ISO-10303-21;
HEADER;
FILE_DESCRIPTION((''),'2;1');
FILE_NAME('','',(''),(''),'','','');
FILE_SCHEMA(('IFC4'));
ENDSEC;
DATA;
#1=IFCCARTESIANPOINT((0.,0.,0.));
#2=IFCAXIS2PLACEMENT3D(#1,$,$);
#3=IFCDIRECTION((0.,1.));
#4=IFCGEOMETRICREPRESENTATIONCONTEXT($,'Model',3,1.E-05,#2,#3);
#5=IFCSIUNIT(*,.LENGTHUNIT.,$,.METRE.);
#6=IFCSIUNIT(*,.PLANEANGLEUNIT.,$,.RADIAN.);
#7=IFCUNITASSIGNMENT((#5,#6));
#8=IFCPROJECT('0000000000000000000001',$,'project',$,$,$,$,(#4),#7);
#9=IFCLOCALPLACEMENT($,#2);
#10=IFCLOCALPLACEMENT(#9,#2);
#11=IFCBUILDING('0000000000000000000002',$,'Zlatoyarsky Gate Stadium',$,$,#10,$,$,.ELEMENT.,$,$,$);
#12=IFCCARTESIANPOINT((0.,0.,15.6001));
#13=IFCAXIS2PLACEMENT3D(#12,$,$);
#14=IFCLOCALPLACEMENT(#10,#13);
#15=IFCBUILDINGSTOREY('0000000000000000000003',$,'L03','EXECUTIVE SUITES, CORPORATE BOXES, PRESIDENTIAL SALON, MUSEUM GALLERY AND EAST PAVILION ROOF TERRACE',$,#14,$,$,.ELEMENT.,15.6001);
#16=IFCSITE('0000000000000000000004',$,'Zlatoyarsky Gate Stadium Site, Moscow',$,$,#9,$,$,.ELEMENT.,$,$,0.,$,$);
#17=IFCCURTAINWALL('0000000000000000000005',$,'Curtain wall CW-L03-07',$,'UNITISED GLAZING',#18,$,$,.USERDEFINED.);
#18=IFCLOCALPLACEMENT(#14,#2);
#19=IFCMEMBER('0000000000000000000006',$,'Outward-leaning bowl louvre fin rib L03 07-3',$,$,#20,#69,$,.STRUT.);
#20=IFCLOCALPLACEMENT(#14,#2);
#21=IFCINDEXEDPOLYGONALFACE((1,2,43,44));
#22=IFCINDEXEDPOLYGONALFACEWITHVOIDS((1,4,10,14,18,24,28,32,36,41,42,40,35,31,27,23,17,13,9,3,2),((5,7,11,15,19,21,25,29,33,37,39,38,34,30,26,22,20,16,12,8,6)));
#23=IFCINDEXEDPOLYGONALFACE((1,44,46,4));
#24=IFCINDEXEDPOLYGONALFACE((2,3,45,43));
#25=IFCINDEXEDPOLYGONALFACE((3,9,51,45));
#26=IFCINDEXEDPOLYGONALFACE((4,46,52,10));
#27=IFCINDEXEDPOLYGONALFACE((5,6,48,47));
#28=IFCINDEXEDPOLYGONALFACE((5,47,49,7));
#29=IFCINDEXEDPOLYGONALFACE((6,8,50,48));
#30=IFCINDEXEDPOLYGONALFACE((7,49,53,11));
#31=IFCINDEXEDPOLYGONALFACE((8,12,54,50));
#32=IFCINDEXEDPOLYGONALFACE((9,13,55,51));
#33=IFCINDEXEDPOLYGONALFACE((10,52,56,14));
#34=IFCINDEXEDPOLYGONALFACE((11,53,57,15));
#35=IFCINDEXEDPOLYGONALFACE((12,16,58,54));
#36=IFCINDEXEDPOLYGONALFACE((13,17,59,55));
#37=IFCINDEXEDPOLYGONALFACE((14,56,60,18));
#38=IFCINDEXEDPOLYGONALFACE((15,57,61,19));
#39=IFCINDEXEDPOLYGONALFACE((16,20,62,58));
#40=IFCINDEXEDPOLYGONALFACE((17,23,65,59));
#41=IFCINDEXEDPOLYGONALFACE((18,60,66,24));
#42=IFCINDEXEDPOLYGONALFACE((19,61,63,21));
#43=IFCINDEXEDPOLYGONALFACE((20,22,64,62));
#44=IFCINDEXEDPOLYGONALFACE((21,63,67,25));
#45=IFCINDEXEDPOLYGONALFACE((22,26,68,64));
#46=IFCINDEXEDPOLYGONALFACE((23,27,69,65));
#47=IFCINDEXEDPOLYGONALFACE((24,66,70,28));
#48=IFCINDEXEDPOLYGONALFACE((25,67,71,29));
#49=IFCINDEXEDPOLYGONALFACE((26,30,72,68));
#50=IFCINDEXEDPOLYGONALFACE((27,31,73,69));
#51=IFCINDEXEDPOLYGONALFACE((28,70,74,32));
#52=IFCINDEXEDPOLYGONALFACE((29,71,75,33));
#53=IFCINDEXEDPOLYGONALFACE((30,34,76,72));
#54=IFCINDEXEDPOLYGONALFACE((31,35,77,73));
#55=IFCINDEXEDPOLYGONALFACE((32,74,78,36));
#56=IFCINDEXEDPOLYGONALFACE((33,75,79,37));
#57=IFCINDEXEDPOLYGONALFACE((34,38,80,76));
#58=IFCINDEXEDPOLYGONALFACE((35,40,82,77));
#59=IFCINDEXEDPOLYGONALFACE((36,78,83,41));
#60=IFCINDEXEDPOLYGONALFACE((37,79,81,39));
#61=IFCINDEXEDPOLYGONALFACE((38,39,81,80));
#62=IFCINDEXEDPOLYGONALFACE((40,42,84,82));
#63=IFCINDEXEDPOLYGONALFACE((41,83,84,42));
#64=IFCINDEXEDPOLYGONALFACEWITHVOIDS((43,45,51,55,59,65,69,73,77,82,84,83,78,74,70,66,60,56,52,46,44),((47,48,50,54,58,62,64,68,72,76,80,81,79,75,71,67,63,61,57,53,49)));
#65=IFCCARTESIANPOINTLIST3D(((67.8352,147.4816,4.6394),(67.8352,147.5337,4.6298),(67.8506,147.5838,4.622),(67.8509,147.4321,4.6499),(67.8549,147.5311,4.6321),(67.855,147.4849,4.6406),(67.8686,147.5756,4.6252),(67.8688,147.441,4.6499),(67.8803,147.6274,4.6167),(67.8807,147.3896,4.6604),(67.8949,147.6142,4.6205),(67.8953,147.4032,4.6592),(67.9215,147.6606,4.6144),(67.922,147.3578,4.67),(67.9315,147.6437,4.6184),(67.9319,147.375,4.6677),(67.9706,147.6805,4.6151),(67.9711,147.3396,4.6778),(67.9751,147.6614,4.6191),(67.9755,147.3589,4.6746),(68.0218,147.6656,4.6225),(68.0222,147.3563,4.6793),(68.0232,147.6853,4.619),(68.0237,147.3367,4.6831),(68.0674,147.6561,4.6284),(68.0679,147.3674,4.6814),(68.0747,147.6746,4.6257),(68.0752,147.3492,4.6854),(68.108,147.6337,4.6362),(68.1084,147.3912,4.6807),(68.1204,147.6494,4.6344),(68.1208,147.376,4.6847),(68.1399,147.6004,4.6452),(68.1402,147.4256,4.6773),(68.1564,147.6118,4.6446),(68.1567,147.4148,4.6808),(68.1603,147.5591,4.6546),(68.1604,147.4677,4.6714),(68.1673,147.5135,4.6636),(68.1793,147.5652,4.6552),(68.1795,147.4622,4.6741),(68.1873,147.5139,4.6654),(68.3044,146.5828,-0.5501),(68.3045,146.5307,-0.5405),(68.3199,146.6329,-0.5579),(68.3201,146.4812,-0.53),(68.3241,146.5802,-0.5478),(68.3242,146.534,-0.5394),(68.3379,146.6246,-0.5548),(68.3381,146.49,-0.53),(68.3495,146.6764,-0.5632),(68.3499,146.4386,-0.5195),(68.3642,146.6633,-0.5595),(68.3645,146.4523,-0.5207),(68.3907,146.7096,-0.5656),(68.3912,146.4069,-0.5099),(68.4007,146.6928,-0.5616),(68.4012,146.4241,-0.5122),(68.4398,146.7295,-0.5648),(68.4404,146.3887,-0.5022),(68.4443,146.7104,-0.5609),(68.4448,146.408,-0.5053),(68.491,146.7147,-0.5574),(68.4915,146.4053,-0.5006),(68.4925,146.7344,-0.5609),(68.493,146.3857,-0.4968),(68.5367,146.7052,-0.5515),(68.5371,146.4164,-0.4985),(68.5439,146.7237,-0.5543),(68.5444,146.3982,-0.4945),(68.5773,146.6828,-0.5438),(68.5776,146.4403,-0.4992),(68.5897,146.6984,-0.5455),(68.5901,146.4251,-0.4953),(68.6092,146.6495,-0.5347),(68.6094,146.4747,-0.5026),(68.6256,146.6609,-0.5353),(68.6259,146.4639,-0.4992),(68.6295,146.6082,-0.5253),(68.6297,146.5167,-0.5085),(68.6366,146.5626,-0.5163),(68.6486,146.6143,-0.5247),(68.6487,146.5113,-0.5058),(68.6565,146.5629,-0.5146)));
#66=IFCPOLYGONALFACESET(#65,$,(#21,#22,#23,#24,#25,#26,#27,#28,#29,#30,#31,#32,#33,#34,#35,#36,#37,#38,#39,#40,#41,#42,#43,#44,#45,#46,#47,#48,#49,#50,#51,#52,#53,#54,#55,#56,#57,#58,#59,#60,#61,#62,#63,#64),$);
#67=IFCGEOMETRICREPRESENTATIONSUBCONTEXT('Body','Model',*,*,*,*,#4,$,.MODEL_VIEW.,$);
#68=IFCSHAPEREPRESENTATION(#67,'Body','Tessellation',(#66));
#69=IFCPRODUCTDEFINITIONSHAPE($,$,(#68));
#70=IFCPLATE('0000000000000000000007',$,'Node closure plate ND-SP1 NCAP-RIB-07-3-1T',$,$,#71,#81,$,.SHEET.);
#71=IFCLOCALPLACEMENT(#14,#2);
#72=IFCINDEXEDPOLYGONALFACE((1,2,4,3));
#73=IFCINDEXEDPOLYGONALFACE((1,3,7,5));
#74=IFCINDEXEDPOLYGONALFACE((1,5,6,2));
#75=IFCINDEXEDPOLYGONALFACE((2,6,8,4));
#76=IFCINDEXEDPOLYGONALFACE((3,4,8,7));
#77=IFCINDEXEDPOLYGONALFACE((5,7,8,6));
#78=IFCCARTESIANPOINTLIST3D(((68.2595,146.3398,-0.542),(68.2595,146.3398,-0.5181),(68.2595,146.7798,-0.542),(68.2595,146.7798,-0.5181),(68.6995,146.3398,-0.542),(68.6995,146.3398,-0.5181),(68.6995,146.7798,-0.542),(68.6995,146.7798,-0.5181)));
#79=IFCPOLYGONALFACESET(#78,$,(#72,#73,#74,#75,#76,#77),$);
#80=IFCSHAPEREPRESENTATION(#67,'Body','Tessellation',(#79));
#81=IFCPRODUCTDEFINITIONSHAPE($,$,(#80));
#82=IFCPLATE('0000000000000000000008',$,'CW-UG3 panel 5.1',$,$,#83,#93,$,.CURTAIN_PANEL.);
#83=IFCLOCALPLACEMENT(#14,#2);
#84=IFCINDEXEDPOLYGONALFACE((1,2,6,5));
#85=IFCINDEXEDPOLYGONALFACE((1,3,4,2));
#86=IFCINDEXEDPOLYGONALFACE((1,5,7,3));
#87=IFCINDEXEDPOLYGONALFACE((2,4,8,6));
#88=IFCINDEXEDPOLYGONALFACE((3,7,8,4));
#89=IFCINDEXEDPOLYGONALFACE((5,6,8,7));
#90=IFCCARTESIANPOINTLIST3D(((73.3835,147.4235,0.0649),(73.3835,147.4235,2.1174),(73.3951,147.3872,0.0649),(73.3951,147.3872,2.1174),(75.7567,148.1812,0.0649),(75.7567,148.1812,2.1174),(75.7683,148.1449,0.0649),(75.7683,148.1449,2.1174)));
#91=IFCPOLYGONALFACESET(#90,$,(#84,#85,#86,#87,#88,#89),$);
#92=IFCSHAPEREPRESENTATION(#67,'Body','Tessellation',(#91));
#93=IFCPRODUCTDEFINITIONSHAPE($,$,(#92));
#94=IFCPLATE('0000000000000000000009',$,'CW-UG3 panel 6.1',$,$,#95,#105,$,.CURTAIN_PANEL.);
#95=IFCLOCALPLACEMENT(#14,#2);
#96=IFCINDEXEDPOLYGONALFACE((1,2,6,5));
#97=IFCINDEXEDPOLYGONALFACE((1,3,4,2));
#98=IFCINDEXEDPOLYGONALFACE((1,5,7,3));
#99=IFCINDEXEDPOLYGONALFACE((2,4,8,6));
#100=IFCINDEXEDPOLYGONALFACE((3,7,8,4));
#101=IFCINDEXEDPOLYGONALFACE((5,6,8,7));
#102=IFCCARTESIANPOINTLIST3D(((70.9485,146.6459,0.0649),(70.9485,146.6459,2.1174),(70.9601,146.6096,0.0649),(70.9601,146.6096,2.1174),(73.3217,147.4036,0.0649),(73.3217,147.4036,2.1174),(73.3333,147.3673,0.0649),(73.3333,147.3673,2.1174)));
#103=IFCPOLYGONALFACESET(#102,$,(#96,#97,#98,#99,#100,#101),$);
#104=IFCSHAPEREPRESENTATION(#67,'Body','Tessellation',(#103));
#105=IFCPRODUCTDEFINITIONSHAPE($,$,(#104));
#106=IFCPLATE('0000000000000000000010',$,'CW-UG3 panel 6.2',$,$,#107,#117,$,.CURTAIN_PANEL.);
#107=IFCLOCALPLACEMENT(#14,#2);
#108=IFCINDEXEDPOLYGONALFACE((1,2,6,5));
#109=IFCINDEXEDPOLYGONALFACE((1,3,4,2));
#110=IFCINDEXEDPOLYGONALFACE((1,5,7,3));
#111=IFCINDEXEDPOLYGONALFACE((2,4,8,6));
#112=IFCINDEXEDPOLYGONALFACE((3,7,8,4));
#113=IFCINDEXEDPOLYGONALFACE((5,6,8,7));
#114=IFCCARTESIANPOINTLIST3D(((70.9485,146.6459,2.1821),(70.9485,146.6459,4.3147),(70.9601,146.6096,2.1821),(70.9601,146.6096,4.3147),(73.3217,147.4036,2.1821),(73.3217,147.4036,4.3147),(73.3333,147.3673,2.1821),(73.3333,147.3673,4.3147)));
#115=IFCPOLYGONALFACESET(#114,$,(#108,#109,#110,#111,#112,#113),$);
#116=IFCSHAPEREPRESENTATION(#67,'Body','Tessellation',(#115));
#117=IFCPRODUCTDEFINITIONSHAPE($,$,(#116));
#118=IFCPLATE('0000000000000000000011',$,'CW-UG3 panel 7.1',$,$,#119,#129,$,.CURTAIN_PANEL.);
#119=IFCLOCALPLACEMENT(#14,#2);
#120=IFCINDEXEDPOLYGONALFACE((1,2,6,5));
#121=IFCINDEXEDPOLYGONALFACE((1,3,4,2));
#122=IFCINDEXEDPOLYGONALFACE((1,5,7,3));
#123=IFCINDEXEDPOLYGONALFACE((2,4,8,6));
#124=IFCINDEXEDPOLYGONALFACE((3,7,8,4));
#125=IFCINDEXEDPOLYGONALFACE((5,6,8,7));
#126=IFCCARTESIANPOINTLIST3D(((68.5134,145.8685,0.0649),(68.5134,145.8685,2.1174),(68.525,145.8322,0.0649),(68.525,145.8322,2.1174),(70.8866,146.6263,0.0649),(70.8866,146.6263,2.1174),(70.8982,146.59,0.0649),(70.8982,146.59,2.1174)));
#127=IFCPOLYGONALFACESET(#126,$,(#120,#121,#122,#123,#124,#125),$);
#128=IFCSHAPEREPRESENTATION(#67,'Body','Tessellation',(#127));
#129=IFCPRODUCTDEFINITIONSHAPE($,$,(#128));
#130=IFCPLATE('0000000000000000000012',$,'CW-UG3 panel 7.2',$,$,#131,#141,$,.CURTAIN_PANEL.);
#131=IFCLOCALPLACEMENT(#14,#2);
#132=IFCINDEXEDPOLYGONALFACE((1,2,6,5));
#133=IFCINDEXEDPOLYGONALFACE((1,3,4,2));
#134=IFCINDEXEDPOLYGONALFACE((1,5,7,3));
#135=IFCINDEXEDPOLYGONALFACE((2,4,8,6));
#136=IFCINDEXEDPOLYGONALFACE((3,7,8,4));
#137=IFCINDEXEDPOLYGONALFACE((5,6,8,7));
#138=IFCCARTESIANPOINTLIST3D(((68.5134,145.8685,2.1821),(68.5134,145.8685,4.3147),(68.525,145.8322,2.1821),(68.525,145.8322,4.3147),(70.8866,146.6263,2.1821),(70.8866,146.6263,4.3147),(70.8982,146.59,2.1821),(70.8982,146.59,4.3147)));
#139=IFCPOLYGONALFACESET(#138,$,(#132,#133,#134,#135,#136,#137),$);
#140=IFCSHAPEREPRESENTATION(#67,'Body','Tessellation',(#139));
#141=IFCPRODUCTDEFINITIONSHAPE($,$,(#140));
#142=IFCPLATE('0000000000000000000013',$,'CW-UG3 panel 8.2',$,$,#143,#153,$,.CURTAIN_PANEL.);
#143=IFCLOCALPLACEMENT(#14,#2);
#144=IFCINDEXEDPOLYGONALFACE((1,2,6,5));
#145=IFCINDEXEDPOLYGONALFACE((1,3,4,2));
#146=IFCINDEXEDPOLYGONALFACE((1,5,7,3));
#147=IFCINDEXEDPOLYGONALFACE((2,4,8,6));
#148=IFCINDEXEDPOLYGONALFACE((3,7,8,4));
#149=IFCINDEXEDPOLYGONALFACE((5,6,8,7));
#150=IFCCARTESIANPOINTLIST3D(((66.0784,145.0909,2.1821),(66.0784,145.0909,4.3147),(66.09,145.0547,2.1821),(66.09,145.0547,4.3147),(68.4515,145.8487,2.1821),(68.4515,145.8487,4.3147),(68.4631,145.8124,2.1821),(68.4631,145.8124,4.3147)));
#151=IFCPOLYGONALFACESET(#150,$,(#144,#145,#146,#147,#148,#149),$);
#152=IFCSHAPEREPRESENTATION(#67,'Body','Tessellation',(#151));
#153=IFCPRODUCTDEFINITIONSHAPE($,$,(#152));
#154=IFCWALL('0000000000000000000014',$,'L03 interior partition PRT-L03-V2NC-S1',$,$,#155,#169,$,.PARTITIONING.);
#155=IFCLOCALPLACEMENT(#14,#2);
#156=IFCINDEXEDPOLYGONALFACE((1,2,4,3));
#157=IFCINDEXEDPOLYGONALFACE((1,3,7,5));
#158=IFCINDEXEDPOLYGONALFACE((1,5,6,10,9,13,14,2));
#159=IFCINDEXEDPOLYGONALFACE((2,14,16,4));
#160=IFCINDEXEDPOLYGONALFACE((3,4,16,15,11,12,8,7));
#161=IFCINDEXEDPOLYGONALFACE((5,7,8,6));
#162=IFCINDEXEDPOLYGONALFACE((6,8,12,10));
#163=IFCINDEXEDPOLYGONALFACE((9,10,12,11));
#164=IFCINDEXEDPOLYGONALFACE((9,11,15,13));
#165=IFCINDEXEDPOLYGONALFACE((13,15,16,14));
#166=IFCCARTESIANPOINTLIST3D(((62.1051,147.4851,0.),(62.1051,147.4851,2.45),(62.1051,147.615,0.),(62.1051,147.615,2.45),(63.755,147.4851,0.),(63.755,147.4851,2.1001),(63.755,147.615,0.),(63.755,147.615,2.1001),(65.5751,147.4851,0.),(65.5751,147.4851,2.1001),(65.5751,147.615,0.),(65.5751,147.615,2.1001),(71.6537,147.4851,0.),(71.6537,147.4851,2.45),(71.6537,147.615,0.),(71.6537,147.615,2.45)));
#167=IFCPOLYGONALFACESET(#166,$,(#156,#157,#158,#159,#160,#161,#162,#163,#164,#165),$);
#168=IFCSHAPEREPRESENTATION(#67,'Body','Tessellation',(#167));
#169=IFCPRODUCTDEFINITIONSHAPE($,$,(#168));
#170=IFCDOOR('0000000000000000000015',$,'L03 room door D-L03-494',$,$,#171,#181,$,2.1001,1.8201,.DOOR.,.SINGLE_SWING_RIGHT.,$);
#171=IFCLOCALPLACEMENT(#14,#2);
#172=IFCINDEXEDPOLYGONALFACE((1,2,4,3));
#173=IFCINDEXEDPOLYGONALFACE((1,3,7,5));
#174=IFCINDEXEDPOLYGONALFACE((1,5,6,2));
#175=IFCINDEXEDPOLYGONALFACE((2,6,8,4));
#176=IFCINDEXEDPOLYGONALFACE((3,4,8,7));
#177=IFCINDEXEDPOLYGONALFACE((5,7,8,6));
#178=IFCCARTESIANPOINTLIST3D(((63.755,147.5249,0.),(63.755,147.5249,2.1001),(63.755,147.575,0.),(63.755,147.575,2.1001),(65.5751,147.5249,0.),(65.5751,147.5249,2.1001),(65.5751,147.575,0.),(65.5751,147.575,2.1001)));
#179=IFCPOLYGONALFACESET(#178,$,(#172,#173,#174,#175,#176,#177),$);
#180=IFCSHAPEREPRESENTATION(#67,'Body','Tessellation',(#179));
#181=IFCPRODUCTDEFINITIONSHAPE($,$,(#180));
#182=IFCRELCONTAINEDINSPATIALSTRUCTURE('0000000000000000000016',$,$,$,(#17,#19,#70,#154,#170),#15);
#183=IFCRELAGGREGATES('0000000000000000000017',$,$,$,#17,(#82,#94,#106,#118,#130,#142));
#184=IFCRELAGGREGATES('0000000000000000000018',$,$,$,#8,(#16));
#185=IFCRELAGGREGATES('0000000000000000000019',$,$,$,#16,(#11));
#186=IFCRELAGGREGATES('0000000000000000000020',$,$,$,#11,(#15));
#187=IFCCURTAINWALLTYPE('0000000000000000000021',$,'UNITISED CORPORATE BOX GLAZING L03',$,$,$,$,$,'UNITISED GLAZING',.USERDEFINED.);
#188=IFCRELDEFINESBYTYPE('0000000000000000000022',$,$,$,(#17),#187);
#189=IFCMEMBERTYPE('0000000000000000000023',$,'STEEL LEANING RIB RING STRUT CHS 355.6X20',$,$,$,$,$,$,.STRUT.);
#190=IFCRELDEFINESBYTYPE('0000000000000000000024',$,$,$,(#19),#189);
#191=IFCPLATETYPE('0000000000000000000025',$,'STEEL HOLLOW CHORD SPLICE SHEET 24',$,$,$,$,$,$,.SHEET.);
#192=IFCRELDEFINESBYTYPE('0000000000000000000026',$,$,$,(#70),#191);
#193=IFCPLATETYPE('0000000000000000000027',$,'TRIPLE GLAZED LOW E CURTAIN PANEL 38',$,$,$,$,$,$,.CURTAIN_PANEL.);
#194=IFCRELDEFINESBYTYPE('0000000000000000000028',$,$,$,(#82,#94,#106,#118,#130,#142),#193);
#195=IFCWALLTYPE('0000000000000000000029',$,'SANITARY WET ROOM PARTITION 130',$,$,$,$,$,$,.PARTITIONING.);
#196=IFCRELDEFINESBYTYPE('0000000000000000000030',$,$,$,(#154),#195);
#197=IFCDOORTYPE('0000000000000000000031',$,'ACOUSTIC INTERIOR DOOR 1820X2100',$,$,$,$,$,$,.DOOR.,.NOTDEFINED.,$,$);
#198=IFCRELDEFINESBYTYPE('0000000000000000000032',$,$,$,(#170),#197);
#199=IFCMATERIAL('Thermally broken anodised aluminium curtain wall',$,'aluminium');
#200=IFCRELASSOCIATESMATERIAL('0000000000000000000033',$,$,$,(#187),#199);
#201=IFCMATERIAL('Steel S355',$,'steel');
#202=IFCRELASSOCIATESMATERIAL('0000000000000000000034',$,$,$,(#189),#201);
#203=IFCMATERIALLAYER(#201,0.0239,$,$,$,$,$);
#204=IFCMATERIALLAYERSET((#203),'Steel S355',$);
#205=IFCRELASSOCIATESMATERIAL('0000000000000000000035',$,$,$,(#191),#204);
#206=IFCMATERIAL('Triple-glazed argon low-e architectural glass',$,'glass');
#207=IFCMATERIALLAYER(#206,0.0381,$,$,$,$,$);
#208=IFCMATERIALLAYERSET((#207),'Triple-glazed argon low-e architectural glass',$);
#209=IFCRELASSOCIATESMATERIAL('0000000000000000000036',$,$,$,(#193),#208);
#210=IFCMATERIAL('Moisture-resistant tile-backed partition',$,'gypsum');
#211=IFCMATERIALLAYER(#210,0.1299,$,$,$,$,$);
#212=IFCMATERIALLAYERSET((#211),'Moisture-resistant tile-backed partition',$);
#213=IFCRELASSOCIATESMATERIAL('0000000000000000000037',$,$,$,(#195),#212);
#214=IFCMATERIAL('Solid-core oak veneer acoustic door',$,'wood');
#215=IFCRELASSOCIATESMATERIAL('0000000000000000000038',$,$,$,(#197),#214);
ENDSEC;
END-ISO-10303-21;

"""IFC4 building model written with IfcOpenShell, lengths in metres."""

from ifc_helpers import new_model, si_unit, direction, frame, frame_2d, origin, origin_2d, place, context, subcontext, project, spatial, rectangle, hollow_circle, extrude, material, layer, layer_set, material_profile, profile_set, type_object, element, fill, aggregate, save


model = new_model("IFC4")

# Units and contexts
model_context = context("Model", 3, precision=1e-05, world=origin(), true_north=direction((0.0, 1.0)))
body_context = subcontext(model_context, "Body", "Model", "MODEL_VIEW")
ifc_project = project(units=[si_unit("LENGTHUNIT", "METRE"), si_unit("PLANEANGLEUNIT", "RADIAN")], contexts=[model_context])

# Site, building, storey
site_placement = place(None, origin())
site = spatial("IfcSite", under=ifc_project, at=site_placement, Name="Zlatoyarsky Gate Stadium Site, Moscow", CompositionType="ELEMENT", RefElevation=0.0)
building_placement = place(site_placement, origin())
building = spatial("IfcBuilding", under=site, at=building_placement, Name="Zlatoyarsky Gate Stadium", CompositionType="ELEMENT")
storey_placement = place(building_placement, frame((0.0, 0.0, 15.6001)))
storey = spatial("IfcBuildingStorey", under=building, at=storey_placement, Name="L03", Description="EXECUTIVE SUITES, CORPORATE BOXES, PRESIDENTIAL SALON, MUSEUM GALLERY AND EAST PAVILION ROOF TERRACE", CompositionType="ELEMENT", Elevation=15.6001)

# Curtain wall
ifc_material_1 = material(Name="Thermally broken anodised aluminium curtain wall", Category="aluminium")
curtain_wall_type = type_object("IfcCurtainWallType", Name="UNITISED CORPORATE BOX GLAZING L03", ElementType="UNITISED GLAZING", PredefinedType="USERDEFINED", material=ifc_material_1)
curtain_wall_placement = place(storey_placement, origin())
curtain_wall = element("IfcCurtainWall", 1, at=curtain_wall_placement, inside=storey, type_object=curtain_wall_type, Name="Curtain wall CW-L03-07", ObjectType="UNITISED GLAZING", PredefinedType="USERDEFINED")

# Member
ifc_material_2 = material(Name="Steel S355", Category="steel")
ifc_material_profile_1 = material_profile(ifc_material_2, hollow_circle(Radius=0.1777, WallThickness=0.02, at=origin_2d()), Name="CHS 355.6X20")
ifc_profile_set_1 = profile_set([ifc_material_profile_1], Name="Steel S355")
member_type_1 = type_object("IfcMemberType", Name="STEEL LEANING RIB RING STRUT CHS 355.6X20", PredefinedType="STRUT", material=ifc_profile_set_1)
member_1_placement = place(storey_placement, frame((68.4795, 146.5598, -0.53), z_axis=(-0.088747, 0.179849, 0.979683), x_axis=(-0.896763, -0.442511, 0.0)))
element("IfcMember", 2, at=member_1_placement, inside=storey, type_object=member_type_1, Name="Outward-leaning bowl louvre fin rib L03 07-3", PredefinedType="STRUT", context=body_context, shape_type="SweptSolid", body=[
    extrude(hollow_circle(Radius=0.1777, WallThickness=0.02, at=origin_2d()), origin(), (0.0, 0.0, 1.0), 5.2874),
])

# Plates
ifc_layer_1 = layer(ifc_material_2, 0.0239)
ifc_layer_set_1 = layer_set([ifc_layer_1], Name="Steel S355")
plate_type_1 = type_object("IfcPlateType", Name="STEEL HOLLOW CHORD SPLICE SHEET 24", PredefinedType="SHEET", material=ifc_layer_set_1)
plate_1_placement = place(storey_placement, frame((68.4795, 146.5598, -0.542), z_axis=(0.0, 0.0, 1.0), x_axis=(1.0, 0.0, 0.0)))
element("IfcPlate", 3, at=plate_1_placement, inside=storey, type_object=plate_type_1, Name="Node closure plate ND-SP1 NCAP-RIB-07-3-1T", PredefinedType="SHEET", context=body_context, shape_type="SweptSolid", body=[
    extrude(rectangle(XDim=0.4399, YDim=0.4399, at=origin_2d()), origin(), (0.0, 0.0, 1.0), 0.0239),
])
ifc_material_3 = material(Name="Triple-glazed argon low-e architectural glass", Category="glass")
ifc_layer_2 = layer(ifc_material_3, 0.0381)
ifc_layer_set_2 = layer_set([ifc_layer_2], Name="Triple-glazed argon low-e architectural glass")
plate_type_2 = type_object("IfcPlateType", Name="TRIPLE GLAZED LOW E CURTAIN PANEL 38", PredefinedType="CURTAIN_PANEL", material=ifc_layer_set_2)
plate_2_placement = place(storey_placement, frame((74.5759, 147.7842, 0.0649), z_axis=(0.0, 0.0, 1.0), x_axis=(-0.95262, -0.304162, 0.0)))
plate_2 = element("IfcPlate", 4, at=plate_2_placement, type_object=plate_type_2, Name="CW-UG3 panel 5.1", PredefinedType="CURTAIN_PANEL", context=body_context, shape_type="SweptSolid", body=[
    extrude(rectangle(XDim=2.4912, YDim=0.0381, at=origin_2d()), origin(), (0.0, 0.0, 1.0), 2.0525),
])
plate_3_placement = place(storey_placement, frame((72.1409, 147.0066, 0.0649), z_axis=(0.0, 0.0, 1.0), x_axis=(-0.95262, -0.304162, 0.0)))
plate_3 = element("IfcPlate", 5, at=plate_3_placement, type_object=plate_type_2, Name="CW-UG3 panel 6.1", PredefinedType="CURTAIN_PANEL", context=body_context, shape_type="SweptSolid", body=[
    extrude(rectangle(XDim=2.4912, YDim=0.0381, at=origin_2d()), origin(), (0.0, 0.0, 1.0), 2.0525),
])
plate_4_placement = place(storey_placement, frame((72.1409, 147.0066, 2.1821), z_axis=(0.0, 0.0, 1.0), x_axis=(-0.95262, -0.304162, 0.0)))
plate_4 = element("IfcPlate", 6, at=plate_4_placement, type_object=plate_type_2, Name="CW-UG3 panel 6.2", PredefinedType="CURTAIN_PANEL", context=body_context, shape_type="SweptSolid", body=[
    extrude(rectangle(XDim=2.4912, YDim=0.0381, at=origin_2d()), origin(), (0.0, 0.0, 1.0), 2.1326),
])
plate_5_placement = place(storey_placement, frame((69.7058, 146.2292, 0.0649), z_axis=(0.0, 0.0, 1.0), x_axis=(-0.95262, -0.304162, 0.0)))
plate_5 = element("IfcPlate", 7, at=plate_5_placement, type_object=plate_type_2, Name="CW-UG3 panel 7.1", PredefinedType="CURTAIN_PANEL", context=body_context, shape_type="SweptSolid", body=[
    extrude(rectangle(XDim=2.4912, YDim=0.0381, at=origin_2d()), origin(), (0.0, 0.0, 1.0), 2.0525),
])
plate_6_placement = place(storey_placement, frame((69.7058, 146.2292, 2.1821), z_axis=(0.0, 0.0, 1.0), x_axis=(-0.95262, -0.304162, 0.0)))
plate_6 = element("IfcPlate", 8, at=plate_6_placement, type_object=plate_type_2, Name="CW-UG3 panel 7.2", PredefinedType="CURTAIN_PANEL", context=body_context, shape_type="SweptSolid", body=[
    extrude(rectangle(XDim=2.4912, YDim=0.0381, at=origin_2d()), origin(), (0.0, 0.0, 1.0), 2.1326),
])
plate_7_placement = place(storey_placement, frame((67.2708, 145.4517, 2.1821), z_axis=(0.0, 0.0, 1.0), x_axis=(-0.95262, -0.304162, 0.0)))
plate_7 = element("IfcPlate", 9, at=plate_7_placement, type_object=plate_type_2, Name="CW-UG3 panel 8.2", PredefinedType="CURTAIN_PANEL", context=body_context, shape_type="SweptSolid", body=[
    extrude(rectangle(XDim=2.4912, YDim=0.0381, at=origin_2d()), origin(), (0.0, 0.0, 1.0), 2.1326),
])
aggregate(curtain_wall, [plate_2, plate_3, plate_4, plate_5, plate_6, plate_7])

# Wall, opening, door
ifc_material_4 = material(Name="Moisture-resistant tile-backed partition", Category="gypsum")
ifc_layer_3 = layer(ifc_material_4, 0.1299)
ifc_layer_set_3 = layer_set([ifc_layer_3], Name="Moisture-resistant tile-backed partition")
wall_type = type_object("IfcWallType", Name="SANITARY WET ROOM PARTITION 130", PredefinedType="PARTITIONING", material=ifc_layer_set_3)
wall_placement = place(storey_placement, frame((62.105, 147.55, 0.0), z_axis=(0.0, 0.0, 1.0), x_axis=(1.0, 0.0, 0.0)))
wall = element("IfcWall", 10, at=wall_placement, inside=storey, type_object=wall_type, Name="L03 interior partition PRT-L03-V2NC-S1", PredefinedType="PARTITIONING", context=body_context, shape_type="SweptSolid", body=[
    extrude(rectangle(XDim=9.5486, YDim=0.1299, at=frame_2d((4.7744, 0.0))), origin(), (0.0, 0.0, 1.0), 2.45),
])
opening_placement = place(wall_placement, frame((1.6499, 0.0, 0.0)))
opening = element("IfcOpeningElement", 11, at=opening_placement, cuts=wall, PredefinedType="OPENING", context=body_context, shape_type="SweptSolid", body=[
    extrude(rectangle(XDim=1.8201, YDim=2.1001, at=frame_2d((0.9102, 1.05))), frame((0.0, 0.075, 0.0), z_axis=(0.0, -1.0, 0.0), x_axis=(1.0, 0.0, 0.0)), (0.0, 0.0, 1.0), 0.1499),
])
ifc_material_5 = material(Name="Solid-core oak veneer acoustic door", Category="wood")
door_type = type_object("IfcDoorType", Name="ACOUSTIC INTERIOR DOOR 1820X2100", OperationType="NOTDEFINED", PredefinedType="DOOR", material=ifc_material_5)
door_placement = place(opening_placement, origin())
door = element("IfcDoor", 12, at=door_placement, inside=storey, type_object=door_type, Name="L03 room door D-L03-494", OperationType="SINGLE_SWING_RIGHT", OverallHeight=2.1001, OverallWidth=1.8201, PredefinedType="DOOR", context=body_context, shape_type="SweptSolid", body=[
    extrude(rectangle(XDim=1.8201, YDim=2.1001, at=frame_2d((0.9102, 1.05))), frame((0.0, 0.0249, 0.0), z_axis=(0.0, -1.0, 0.0), x_axis=(1.0, 0.0, 0.0)), (0.0, 0.0, 1.0), 0.05),
])
fill(opening, door)

save(model, "model.ifc")
